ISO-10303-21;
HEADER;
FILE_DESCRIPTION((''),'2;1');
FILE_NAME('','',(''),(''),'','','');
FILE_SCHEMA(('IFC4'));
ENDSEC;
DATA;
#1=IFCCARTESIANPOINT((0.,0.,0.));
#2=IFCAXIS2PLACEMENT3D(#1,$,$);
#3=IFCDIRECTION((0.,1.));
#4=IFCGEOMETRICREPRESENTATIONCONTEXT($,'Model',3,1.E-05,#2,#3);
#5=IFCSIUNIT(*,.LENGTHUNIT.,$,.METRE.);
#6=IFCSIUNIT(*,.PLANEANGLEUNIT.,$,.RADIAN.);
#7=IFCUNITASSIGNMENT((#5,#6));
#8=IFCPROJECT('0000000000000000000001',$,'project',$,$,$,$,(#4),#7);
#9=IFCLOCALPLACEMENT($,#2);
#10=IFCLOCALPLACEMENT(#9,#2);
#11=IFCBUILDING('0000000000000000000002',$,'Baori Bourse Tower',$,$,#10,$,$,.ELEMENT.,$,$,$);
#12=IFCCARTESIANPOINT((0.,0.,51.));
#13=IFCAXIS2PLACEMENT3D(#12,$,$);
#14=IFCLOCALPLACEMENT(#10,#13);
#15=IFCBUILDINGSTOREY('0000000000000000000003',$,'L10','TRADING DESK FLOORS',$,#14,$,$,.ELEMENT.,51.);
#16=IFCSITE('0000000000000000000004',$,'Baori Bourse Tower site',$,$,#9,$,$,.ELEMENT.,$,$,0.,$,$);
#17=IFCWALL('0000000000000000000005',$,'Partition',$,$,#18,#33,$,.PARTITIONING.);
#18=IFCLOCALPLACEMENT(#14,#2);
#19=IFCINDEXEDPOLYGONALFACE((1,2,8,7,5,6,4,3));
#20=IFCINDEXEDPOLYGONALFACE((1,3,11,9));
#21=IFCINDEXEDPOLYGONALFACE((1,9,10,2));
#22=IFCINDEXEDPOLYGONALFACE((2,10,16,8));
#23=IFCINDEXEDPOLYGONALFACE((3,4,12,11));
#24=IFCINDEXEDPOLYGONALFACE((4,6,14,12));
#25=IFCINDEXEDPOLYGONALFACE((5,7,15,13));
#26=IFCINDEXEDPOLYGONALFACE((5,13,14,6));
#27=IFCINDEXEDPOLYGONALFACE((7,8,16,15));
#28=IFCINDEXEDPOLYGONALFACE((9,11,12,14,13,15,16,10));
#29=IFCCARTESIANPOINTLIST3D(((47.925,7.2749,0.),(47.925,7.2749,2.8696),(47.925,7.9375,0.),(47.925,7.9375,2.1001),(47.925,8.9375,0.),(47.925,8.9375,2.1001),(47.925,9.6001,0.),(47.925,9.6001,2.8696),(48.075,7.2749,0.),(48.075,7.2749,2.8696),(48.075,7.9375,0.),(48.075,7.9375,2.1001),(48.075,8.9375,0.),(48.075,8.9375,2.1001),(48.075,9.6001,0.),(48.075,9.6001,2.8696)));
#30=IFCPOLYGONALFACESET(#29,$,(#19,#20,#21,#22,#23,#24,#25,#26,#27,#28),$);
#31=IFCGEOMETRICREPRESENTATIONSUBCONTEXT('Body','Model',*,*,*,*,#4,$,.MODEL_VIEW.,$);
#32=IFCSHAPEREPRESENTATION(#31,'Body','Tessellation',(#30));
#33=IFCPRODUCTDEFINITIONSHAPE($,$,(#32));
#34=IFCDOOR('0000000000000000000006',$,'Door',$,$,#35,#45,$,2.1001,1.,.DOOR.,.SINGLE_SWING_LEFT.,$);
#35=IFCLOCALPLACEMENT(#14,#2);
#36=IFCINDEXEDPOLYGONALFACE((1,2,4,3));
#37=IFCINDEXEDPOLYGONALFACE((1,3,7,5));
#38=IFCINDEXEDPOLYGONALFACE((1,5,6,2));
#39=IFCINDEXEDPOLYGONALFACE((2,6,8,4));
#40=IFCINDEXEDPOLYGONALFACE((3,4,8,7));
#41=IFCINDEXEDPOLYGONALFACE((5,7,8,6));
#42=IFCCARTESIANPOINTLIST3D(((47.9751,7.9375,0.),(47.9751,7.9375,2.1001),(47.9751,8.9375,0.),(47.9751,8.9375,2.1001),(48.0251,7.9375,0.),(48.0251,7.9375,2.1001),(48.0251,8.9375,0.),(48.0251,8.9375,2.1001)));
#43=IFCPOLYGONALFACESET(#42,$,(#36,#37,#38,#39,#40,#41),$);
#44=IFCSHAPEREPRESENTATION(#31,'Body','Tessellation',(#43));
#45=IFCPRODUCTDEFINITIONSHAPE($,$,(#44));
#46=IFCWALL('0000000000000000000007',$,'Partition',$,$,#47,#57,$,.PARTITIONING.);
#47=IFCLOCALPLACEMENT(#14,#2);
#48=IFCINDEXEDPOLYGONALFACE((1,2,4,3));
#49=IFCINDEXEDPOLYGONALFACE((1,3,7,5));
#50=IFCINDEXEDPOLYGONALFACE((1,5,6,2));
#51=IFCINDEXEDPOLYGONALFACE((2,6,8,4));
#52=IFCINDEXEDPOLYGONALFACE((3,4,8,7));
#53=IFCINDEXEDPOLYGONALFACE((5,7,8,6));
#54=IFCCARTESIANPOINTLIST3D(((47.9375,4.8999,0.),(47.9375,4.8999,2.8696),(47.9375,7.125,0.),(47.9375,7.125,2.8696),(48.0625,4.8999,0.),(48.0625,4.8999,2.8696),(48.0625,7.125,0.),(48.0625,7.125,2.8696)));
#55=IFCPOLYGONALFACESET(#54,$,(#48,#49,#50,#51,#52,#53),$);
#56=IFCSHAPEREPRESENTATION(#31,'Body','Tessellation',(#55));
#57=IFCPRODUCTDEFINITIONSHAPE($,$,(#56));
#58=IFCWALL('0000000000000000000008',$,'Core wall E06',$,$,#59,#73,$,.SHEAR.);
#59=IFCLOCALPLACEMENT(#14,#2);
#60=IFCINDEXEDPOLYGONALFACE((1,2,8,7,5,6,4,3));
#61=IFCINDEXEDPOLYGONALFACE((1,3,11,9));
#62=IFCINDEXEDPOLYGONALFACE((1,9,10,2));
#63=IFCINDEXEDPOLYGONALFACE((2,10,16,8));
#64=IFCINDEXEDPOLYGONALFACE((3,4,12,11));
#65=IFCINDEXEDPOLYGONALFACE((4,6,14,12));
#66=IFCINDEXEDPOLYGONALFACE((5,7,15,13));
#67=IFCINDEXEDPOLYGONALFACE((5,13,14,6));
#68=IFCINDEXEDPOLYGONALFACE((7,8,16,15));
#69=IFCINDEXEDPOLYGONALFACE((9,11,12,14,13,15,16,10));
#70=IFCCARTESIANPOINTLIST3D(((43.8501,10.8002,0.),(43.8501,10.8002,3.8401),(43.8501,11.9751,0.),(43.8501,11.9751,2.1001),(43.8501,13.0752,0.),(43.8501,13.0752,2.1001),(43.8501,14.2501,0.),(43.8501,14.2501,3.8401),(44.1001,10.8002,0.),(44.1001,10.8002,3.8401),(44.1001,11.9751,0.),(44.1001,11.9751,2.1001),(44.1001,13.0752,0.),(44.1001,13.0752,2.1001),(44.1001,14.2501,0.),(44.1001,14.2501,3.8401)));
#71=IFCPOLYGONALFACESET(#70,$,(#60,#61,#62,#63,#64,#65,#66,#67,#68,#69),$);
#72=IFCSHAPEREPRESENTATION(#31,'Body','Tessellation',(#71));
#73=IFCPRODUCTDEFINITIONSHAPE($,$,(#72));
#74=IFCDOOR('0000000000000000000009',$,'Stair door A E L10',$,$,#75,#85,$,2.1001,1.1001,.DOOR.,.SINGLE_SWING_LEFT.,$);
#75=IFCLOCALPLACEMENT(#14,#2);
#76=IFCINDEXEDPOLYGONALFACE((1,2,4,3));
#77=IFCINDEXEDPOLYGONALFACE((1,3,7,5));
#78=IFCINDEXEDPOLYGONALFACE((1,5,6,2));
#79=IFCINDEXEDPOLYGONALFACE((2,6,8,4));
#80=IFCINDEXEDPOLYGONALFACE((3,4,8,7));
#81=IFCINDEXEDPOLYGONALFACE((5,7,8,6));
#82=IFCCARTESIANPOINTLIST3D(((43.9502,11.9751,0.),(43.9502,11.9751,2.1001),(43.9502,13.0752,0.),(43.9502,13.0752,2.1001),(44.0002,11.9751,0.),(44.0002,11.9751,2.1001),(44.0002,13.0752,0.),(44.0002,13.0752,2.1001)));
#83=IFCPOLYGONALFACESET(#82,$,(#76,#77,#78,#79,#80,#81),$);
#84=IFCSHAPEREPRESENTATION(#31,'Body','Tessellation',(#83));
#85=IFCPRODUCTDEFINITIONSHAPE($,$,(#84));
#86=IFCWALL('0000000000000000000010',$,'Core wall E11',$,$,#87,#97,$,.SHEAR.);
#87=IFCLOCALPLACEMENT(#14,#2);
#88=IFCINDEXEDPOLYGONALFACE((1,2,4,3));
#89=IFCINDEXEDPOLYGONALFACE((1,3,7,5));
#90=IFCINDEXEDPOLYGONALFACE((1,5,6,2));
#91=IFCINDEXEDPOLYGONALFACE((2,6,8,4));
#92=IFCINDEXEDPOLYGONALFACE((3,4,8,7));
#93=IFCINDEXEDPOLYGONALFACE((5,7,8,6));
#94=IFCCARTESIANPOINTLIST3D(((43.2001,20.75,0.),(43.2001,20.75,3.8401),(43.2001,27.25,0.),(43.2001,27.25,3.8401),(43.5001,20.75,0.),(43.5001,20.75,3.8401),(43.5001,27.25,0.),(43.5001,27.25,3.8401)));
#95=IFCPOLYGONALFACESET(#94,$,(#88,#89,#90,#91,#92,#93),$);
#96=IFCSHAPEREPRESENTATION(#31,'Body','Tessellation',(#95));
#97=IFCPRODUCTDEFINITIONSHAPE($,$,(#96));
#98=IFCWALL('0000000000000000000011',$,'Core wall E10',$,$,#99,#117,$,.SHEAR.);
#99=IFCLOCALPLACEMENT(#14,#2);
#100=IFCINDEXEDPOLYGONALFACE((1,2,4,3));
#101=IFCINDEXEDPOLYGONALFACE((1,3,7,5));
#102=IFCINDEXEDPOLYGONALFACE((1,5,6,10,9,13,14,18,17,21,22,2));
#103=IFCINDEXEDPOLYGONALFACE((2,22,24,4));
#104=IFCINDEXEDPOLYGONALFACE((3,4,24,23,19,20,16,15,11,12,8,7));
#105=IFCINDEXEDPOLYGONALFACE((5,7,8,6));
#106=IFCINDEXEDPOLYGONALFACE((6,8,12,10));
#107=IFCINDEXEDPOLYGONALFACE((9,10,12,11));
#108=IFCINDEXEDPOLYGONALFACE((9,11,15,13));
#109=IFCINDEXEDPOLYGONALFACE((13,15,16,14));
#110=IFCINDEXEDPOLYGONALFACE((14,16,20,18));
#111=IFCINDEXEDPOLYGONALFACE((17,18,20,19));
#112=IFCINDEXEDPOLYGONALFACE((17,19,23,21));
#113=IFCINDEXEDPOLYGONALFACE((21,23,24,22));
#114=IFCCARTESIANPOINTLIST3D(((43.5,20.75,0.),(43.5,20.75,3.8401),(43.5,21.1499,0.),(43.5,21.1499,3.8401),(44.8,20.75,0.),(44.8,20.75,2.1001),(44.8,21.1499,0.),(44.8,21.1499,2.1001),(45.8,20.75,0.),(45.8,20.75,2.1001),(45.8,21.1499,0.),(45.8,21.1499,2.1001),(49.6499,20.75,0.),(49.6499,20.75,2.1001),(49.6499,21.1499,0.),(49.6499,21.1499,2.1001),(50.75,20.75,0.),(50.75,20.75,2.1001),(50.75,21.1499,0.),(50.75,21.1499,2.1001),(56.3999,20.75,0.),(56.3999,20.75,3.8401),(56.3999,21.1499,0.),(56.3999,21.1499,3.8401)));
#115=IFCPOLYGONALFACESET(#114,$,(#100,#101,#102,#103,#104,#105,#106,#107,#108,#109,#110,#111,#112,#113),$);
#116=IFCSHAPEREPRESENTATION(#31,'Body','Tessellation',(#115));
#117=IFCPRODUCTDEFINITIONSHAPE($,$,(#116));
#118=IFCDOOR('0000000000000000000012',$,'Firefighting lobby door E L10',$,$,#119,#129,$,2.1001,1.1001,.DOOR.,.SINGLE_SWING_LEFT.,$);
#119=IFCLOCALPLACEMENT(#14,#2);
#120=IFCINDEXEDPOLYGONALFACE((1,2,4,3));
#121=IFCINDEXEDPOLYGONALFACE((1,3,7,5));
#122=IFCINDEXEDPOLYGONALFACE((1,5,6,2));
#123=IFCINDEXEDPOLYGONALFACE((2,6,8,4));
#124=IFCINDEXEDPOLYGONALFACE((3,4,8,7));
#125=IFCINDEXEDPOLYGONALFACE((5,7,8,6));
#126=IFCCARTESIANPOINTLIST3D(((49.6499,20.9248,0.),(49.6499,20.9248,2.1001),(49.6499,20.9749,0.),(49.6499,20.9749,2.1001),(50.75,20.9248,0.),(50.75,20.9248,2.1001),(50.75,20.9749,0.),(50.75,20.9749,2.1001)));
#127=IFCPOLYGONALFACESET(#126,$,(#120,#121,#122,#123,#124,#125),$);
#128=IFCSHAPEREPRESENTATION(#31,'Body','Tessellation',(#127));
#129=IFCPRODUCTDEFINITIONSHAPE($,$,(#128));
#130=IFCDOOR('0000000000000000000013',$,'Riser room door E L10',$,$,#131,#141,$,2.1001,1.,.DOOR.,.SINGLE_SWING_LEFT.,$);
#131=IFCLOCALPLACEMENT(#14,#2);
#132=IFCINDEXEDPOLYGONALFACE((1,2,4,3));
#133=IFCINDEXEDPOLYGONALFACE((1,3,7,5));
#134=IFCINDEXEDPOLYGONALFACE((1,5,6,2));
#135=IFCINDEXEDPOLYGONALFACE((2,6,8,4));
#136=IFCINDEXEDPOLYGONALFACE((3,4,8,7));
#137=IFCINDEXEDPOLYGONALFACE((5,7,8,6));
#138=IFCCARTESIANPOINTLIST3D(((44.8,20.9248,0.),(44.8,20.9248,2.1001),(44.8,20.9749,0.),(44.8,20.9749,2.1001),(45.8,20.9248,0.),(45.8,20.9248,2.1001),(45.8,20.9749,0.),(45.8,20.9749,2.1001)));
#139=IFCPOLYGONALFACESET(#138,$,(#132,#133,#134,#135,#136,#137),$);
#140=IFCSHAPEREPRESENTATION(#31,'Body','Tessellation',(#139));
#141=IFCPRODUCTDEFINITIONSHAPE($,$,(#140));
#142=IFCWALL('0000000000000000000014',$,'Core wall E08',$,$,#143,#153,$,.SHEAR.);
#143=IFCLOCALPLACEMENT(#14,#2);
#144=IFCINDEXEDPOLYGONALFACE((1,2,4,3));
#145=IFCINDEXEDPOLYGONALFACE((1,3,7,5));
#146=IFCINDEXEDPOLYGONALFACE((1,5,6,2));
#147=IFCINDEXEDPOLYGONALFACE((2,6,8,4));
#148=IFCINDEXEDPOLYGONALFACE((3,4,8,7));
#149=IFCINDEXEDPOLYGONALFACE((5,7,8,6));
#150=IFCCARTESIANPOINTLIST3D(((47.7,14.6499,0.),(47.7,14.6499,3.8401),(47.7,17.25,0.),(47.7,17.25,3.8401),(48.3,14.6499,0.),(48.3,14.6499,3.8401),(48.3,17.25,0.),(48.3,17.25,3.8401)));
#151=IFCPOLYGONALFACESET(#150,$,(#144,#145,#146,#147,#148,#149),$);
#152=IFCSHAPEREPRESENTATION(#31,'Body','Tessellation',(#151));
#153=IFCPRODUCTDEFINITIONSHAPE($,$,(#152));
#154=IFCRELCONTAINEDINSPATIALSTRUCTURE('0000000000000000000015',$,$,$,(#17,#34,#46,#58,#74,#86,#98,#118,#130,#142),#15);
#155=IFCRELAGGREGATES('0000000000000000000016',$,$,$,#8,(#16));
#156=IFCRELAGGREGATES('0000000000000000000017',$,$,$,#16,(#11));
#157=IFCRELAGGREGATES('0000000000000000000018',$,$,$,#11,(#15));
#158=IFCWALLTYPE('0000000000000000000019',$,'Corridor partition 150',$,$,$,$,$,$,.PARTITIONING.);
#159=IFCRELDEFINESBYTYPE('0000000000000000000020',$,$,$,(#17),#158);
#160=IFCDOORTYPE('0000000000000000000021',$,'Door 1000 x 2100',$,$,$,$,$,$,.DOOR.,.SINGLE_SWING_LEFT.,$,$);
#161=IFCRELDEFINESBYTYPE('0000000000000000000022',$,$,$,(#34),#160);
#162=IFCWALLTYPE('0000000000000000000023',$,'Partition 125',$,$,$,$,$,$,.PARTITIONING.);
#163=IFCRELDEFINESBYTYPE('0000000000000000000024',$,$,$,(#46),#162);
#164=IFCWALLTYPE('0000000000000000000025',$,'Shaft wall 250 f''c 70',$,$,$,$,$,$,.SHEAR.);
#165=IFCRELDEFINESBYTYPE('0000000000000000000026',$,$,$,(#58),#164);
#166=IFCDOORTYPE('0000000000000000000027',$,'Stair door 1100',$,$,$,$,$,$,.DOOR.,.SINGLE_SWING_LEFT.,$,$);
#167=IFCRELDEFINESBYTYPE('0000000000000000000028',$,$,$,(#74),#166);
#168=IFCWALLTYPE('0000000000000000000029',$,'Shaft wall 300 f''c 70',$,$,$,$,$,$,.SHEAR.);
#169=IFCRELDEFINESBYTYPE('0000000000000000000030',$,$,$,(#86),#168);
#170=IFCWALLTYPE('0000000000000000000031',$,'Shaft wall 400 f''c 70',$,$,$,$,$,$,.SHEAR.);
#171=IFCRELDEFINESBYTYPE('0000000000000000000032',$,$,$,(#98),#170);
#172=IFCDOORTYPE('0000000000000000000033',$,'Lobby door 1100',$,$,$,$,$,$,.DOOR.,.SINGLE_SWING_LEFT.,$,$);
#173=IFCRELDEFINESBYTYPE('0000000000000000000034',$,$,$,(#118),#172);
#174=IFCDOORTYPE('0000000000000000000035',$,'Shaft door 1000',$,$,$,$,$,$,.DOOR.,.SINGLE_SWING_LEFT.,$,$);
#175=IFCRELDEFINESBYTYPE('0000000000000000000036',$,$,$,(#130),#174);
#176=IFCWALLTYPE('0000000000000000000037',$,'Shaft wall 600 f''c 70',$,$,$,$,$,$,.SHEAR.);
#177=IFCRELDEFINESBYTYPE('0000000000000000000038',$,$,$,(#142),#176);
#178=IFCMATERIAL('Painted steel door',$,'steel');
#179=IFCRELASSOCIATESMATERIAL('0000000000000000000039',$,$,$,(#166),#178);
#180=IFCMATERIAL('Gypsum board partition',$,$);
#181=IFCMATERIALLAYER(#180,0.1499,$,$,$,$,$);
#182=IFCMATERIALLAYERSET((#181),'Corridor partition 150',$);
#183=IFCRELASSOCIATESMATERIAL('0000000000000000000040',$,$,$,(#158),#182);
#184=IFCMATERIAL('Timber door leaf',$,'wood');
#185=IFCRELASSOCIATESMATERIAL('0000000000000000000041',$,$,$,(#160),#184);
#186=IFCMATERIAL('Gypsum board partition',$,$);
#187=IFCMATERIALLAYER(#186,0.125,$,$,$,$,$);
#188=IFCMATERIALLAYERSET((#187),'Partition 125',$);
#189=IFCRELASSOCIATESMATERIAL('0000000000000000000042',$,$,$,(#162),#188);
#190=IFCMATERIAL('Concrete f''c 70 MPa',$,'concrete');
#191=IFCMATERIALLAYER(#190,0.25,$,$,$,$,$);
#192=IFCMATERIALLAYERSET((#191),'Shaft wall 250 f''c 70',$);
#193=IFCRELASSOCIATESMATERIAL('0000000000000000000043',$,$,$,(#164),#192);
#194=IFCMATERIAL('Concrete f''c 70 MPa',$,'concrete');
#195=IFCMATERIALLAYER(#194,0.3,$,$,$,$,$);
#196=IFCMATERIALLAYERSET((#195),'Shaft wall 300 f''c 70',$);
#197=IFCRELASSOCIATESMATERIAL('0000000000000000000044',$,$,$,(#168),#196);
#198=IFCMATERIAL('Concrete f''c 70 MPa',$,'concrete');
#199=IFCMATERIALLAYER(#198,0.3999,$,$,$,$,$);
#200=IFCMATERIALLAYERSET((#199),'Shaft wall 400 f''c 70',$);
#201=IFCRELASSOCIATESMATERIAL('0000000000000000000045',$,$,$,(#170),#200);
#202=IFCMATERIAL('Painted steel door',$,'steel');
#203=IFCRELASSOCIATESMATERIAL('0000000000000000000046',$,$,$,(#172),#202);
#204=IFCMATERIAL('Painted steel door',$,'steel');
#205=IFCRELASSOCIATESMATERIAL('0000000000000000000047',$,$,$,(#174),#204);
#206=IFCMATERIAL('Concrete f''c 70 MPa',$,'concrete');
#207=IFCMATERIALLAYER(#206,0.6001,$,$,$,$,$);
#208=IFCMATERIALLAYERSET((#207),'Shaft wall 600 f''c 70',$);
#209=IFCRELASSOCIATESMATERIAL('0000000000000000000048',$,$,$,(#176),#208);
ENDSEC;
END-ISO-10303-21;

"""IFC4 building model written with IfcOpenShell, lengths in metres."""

from ifc_helpers import new_model, si_unit, direction, frame, frame_2d, origin, place, context, subcontext, project, spatial, rectangle, extrude, material, layer, layer_set, type_object, element, fill, save


model = new_model("IFC4")

# Units and contexts
model_context = context("Model", 3, precision=1e-05, world=origin(), true_north=direction((0.0, 1.0)))
body_context = subcontext(model_context, "Body", "Model", "MODEL_VIEW")
ifc_project = project(units=[si_unit("LENGTHUNIT", "METRE"), si_unit("PLANEANGLEUNIT", "RADIAN")], contexts=[model_context])

# Site, building, storey
site_placement = place(None, origin())
site = spatial("IfcSite", under=ifc_project, at=site_placement, Name="Baori Bourse Tower site", CompositionType="ELEMENT", RefElevation=0.0)
building_placement = place(site_placement, origin())
building = spatial("IfcBuilding", under=site, at=building_placement, Name="Baori Bourse Tower", CompositionType="ELEMENT")
storey_placement = place(building_placement, frame((0.0, 0.0, 51.0)))
storey = spatial("IfcBuildingStorey", under=building, at=storey_placement, Name="L10", Description="TRADING DESK FLOORS", CompositionType="ELEMENT", Elevation=51.0)

# Wall, opening, door
ifc_material_1 = material(Name="Painted steel door", Category="steel")
door_type_1 = type_object("IfcDoorType", Name="Stair door 1100", OperationType="SINGLE_SWING_LEFT", PredefinedType="DOOR", material=ifc_material_1)
ifc_material_2 = material(Name="Gypsum board partition")
ifc_layer_1 = layer(ifc_material_2, 0.1499)
ifc_layer_set_1 = layer_set([ifc_layer_1], Name="Corridor partition 150")
wall_type_1 = type_object("IfcWallType", Name="Corridor partition 150", PredefinedType="PARTITIONING", material=ifc_layer_set_1)
wall_1_placement = place(storey_placement, frame((48.0, 7.2749, 0.0), z_axis=(0.0, 0.0, 1.0), x_axis=(0.0, 1.0, 0.0)))
wall_1 = element("IfcWall", 1, at=wall_1_placement, inside=storey, type_object=wall_type_1, Name="Partition", PredefinedType="PARTITIONING", context=body_context, shape_type="SweptSolid", body=[
    extrude(rectangle(XDim=2.3252, YDim=0.1499, at=frame_2d((1.1626, 0.0))), origin(), (0.0, 0.0, 1.0), 2.8696),
])
opening_1_placement = place(wall_1_placement, frame((0.6626, 0.0, 0.0)))
opening_1 = element("IfcOpeningElement", 2, at=opening_1_placement, cuts=wall_1, PredefinedType="OPENING", context=body_context, shape_type="SweptSolid", body=[
    extrude(rectangle(XDim=1.0, YDim=2.1001, at=frame_2d((0.5, 1.05))), frame((0.0, 0.085, 0.0), z_axis=(0.0, -1.0, 0.0), x_axis=(1.0, 0.0, 0.0)), (0.0, 0.0, 1.0), 0.1699),
])
ifc_material_3 = material(Name="Timber door leaf", Category="wood")
door_type_2 = type_object("IfcDoorType", Name="Door 1000 x 2100", OperationType="SINGLE_SWING_LEFT", PredefinedType="DOOR", material=ifc_material_3)
door_1_placement = place(opening_1_placement, origin())
door_1 = element("IfcDoor", 3, at=door_1_placement, inside=storey, type_object=door_type_2, Name="Door", OperationType="SINGLE_SWING_LEFT", OverallHeight=2.1001, OverallWidth=1.0, PredefinedType="DOOR", context=body_context, shape_type="SweptSolid", body=[
    extrude(rectangle(XDim=1.0, YDim=2.1001, at=frame_2d((0.5, 1.05))), frame((0.0, 0.0249, 0.0), z_axis=(0.0, -1.0, 0.0), x_axis=(1.0, 0.0, 0.0)), (0.0, 0.0, 1.0), 0.05),
])
fill(opening_1, door_1)

# Wall
ifc_material_4 = material(Name="Gypsum board partition")
ifc_layer_2 = layer(ifc_material_4, 0.125)
ifc_layer_set_2 = layer_set([ifc_layer_2], Name="Partition 125")
wall_type_2 = type_object("IfcWallType", Name="Partition 125", PredefinedType="PARTITIONING", material=ifc_layer_set_2)
wall_2_placement = place(storey_placement, frame((48.0, 4.8999, 0.0), z_axis=(0.0, 0.0, 1.0), x_axis=(0.0, 1.0, 0.0)))
element("IfcWall", 4, at=wall_2_placement, inside=storey, type_object=wall_type_2, Name="Partition", PredefinedType="PARTITIONING", context=body_context, shape_type="SweptSolid", body=[
    extrude(rectangle(XDim=2.2251, YDim=0.125, at=frame_2d((1.1125, 0.0))), origin(), (0.0, 0.0, 1.0), 2.8696),
])

# Wall, opening, door
ifc_material_5 = material(Name="Concrete f'c 70 MPa", Category="concrete")
ifc_layer_3 = layer(ifc_material_5, 0.25)
ifc_layer_set_3 = layer_set([ifc_layer_3], Name="Shaft wall 250 f'c 70")
wall_type_3 = type_object("IfcWallType", Name="Shaft wall 250 f'c 70", PredefinedType="SHEAR", material=ifc_layer_set_3)
wall_3_placement = place(storey_placement, frame((43.9751, 10.8, 0.0), z_axis=(0.0, 0.0, 1.0), x_axis=(0.0, 1.0, 0.0)))
wall_3 = element("IfcWall", 5, at=wall_3_placement, inside=storey, type_object=wall_type_3, Name="Core wall E06", PredefinedType="SHEAR", context=body_context, shape_type="SweptSolid", body=[
    extrude(rectangle(XDim=3.45, YDim=0.25, at=frame_2d((1.7251, 0.0))), origin(), (0.0, 0.0, 1.0), 3.8401),
])
opening_2_placement = place(wall_3_placement, frame((1.175, 0.0, 0.0)))
opening_2 = element("IfcOpeningElement", 6, at=opening_2_placement, cuts=wall_3, PredefinedType="OPENING", context=body_context, shape_type="SweptSolid", body=[
    extrude(rectangle(XDim=1.1001, YDim=2.1001, at=frame_2d((0.55, 1.05))), frame((0.0, 0.135, 0.0), z_axis=(0.0, -1.0, 0.0), x_axis=(1.0, 0.0, 0.0)), (0.0, 0.0, 1.0), 0.27),
])
door_2_placement = place(opening_2_placement, origin())
door_2 = element("IfcDoor", 7, at=door_2_placement, inside=storey, type_object=door_type_1, Name="Stair door A E L10", OperationType="SINGLE_SWING_LEFT", OverallHeight=2.1001, OverallWidth=1.1001, PredefinedType="DOOR", context=body_context, shape_type="SweptSolid", body=[
    extrude(rectangle(XDim=1.1001, YDim=2.1001, at=frame_2d((0.55, 1.05))), frame((0.0, 0.0249, 0.0), z_axis=(0.0, -1.0, 0.0), x_axis=(1.0, 0.0, 0.0)), (0.0, 0.0, 1.0), 0.05),
])
fill(opening_2, door_2)

# Wall
ifc_material_6 = material(Name="Concrete f'c 70 MPa", Category="concrete")
ifc_layer_4 = layer(ifc_material_6, 0.3)
ifc_layer_set_4 = layer_set([ifc_layer_4], Name="Shaft wall 300 f'c 70")
wall_type_4 = type_object("IfcWallType", Name="Shaft wall 300 f'c 70", PredefinedType="SHEAR", material=ifc_layer_set_4)
wall_4_placement = place(storey_placement, frame((43.3501, 20.75, 0.0), z_axis=(0.0, 0.0, 1.0), x_axis=(0.0, 1.0, 0.0)))
element("IfcWall", 8, at=wall_4_placement, inside=storey, type_object=wall_type_4, Name="Core wall E11", PredefinedType="SHEAR", context=body_context, shape_type="SweptSolid", body=[
    extrude(rectangle(XDim=6.5, YDim=0.3, at=frame_2d((3.25, 0.0))), origin(), (0.0, 0.0, 1.0), 3.8401),
])

# Wall, openings, doors
ifc_material_7 = material(Name="Concrete f'c 70 MPa", Category="concrete")
ifc_layer_5 = layer(ifc_material_7, 0.3999)
ifc_layer_set_5 = layer_set([ifc_layer_5], Name="Shaft wall 400 f'c 70")
wall_type_5 = type_object("IfcWallType", Name="Shaft wall 400 f'c 70", PredefinedType="SHEAR", material=ifc_layer_set_5)
wall_5_placement = place(storey_placement, frame((43.5, 20.95, 0.0), z_axis=(0.0, 0.0, 1.0), x_axis=(1.0, 0.0, 0.0)))
wall_5 = element("IfcWall", 9, at=wall_5_placement, inside=storey, type_object=wall_type_5, Name="Core wall E10", PredefinedType="SHEAR", context=body_context, shape_type="SweptSolid", body=[
    extrude(rectangle(XDim=12.8999, YDim=0.3999, at=frame_2d((6.45, 0.0))), origin(), (0.0, 0.0, 1.0), 3.8401),
])
opening_3_placement = place(wall_5_placement, frame((6.1499, 0.0, 0.0)))
opening_3 = element("IfcOpeningElement", 10, at=opening_3_placement, cuts=wall_5, PredefinedType="OPENING", context=body_context, shape_type="SweptSolid", body=[
    extrude(rectangle(XDim=1.1001, YDim=2.1001, at=frame_2d((0.55, 1.05))), frame((0.0, 0.21, 0.0), z_axis=(0.0, -1.0, 0.0), x_axis=(1.0, 0.0, 0.0)), (0.0, 0.0, 1.0), 0.4199),
])
opening_4_placement = place(wall_5_placement, frame((1.3, 0.0, 0.0)))
opening_4 = element("IfcOpeningElement", 11, at=opening_4_placement, cuts=wall_5, PredefinedType="OPENING", context=body_context, shape_type="SweptSolid", body=[
    extrude(rectangle(XDim=1.0, YDim=2.1001, at=frame_2d((0.5, 1.05))), frame((0.0, 0.21, 0.0), z_axis=(0.0, -1.0, 0.0), x_axis=(1.0, 0.0, 0.0)), (0.0, 0.0, 1.0), 0.4199),
])
ifc_material_8 = material(Name="Painted steel door", Category="steel")
door_type_3 = type_object("IfcDoorType", Name="Lobby door 1100", OperationType="SINGLE_SWING_LEFT", PredefinedType="DOOR", material=ifc_material_8)
door_3_placement = place(opening_3_placement, origin())
door_3 = element("IfcDoor", 12, at=door_3_placement, inside=storey, type_object=door_type_3, Name="Firefighting lobby door E L10", OperationType="SINGLE_SWING_LEFT", OverallHeight=2.1001, OverallWidth=1.1001, PredefinedType="DOOR", context=body_context, shape_type="SweptSolid", body=[
    extrude(rectangle(XDim=1.1001, YDim=2.1001, at=frame_2d((0.55, 1.05))), frame((0.0, 0.0249, 0.0), z_axis=(0.0, -1.0, 0.0), x_axis=(1.0, 0.0, 0.0)), (0.0, 0.0, 1.0), 0.05),
])
fill(opening_3, door_3)
ifc_material_9 = material(Name="Painted steel door", Category="steel")
door_type_4 = type_object("IfcDoorType", Name="Shaft door 1000", OperationType="SINGLE_SWING_LEFT", PredefinedType="DOOR", material=ifc_material_9)
door_4_placement = place(opening_4_placement, origin())
door_4 = element("IfcDoor", 13, at=door_4_placement, inside=storey, type_object=door_type_4, Name="Riser room door E L10", OperationType="SINGLE_SWING_LEFT", OverallHeight=2.1001, OverallWidth=1.0, PredefinedType="DOOR", context=body_context, shape_type="SweptSolid", body=[
    extrude(rectangle(XDim=1.0, YDim=2.1001, at=frame_2d((0.5, 1.05))), frame((0.0, 0.0249, 0.0), z_axis=(0.0, -1.0, 0.0), x_axis=(1.0, 0.0, 0.0)), (0.0, 0.0, 1.0), 0.05),
])
fill(opening_4, door_4)

# Wall
ifc_material_10 = material(Name="Concrete f'c 70 MPa", Category="concrete")
ifc_layer_6 = layer(ifc_material_10, 0.6001)
ifc_layer_set_6 = layer_set([ifc_layer_6], Name="Shaft wall 600 f'c 70")
wall_type_6 = type_object("IfcWallType", Name="Shaft wall 600 f'c 70", PredefinedType="SHEAR", material=ifc_layer_set_6)
wall_6_placement = place(storey_placement, frame((48.0, 14.6499, 0.0), z_axis=(0.0, 0.0, 1.0), x_axis=(0.0, 1.0, 0.0)))
element("IfcWall", 14, at=wall_6_placement, inside=storey, type_object=wall_type_6, Name="Core wall E08", PredefinedType="SHEAR", context=body_context, shape_type="SweptSolid", body=[
    extrude(rectangle(XDim=2.6001, YDim=0.6001, at=frame_2d((1.3, 0.0))), origin(), (0.0, 0.0, 1.0), 3.8401),
])

save(model, "model.ifc")
